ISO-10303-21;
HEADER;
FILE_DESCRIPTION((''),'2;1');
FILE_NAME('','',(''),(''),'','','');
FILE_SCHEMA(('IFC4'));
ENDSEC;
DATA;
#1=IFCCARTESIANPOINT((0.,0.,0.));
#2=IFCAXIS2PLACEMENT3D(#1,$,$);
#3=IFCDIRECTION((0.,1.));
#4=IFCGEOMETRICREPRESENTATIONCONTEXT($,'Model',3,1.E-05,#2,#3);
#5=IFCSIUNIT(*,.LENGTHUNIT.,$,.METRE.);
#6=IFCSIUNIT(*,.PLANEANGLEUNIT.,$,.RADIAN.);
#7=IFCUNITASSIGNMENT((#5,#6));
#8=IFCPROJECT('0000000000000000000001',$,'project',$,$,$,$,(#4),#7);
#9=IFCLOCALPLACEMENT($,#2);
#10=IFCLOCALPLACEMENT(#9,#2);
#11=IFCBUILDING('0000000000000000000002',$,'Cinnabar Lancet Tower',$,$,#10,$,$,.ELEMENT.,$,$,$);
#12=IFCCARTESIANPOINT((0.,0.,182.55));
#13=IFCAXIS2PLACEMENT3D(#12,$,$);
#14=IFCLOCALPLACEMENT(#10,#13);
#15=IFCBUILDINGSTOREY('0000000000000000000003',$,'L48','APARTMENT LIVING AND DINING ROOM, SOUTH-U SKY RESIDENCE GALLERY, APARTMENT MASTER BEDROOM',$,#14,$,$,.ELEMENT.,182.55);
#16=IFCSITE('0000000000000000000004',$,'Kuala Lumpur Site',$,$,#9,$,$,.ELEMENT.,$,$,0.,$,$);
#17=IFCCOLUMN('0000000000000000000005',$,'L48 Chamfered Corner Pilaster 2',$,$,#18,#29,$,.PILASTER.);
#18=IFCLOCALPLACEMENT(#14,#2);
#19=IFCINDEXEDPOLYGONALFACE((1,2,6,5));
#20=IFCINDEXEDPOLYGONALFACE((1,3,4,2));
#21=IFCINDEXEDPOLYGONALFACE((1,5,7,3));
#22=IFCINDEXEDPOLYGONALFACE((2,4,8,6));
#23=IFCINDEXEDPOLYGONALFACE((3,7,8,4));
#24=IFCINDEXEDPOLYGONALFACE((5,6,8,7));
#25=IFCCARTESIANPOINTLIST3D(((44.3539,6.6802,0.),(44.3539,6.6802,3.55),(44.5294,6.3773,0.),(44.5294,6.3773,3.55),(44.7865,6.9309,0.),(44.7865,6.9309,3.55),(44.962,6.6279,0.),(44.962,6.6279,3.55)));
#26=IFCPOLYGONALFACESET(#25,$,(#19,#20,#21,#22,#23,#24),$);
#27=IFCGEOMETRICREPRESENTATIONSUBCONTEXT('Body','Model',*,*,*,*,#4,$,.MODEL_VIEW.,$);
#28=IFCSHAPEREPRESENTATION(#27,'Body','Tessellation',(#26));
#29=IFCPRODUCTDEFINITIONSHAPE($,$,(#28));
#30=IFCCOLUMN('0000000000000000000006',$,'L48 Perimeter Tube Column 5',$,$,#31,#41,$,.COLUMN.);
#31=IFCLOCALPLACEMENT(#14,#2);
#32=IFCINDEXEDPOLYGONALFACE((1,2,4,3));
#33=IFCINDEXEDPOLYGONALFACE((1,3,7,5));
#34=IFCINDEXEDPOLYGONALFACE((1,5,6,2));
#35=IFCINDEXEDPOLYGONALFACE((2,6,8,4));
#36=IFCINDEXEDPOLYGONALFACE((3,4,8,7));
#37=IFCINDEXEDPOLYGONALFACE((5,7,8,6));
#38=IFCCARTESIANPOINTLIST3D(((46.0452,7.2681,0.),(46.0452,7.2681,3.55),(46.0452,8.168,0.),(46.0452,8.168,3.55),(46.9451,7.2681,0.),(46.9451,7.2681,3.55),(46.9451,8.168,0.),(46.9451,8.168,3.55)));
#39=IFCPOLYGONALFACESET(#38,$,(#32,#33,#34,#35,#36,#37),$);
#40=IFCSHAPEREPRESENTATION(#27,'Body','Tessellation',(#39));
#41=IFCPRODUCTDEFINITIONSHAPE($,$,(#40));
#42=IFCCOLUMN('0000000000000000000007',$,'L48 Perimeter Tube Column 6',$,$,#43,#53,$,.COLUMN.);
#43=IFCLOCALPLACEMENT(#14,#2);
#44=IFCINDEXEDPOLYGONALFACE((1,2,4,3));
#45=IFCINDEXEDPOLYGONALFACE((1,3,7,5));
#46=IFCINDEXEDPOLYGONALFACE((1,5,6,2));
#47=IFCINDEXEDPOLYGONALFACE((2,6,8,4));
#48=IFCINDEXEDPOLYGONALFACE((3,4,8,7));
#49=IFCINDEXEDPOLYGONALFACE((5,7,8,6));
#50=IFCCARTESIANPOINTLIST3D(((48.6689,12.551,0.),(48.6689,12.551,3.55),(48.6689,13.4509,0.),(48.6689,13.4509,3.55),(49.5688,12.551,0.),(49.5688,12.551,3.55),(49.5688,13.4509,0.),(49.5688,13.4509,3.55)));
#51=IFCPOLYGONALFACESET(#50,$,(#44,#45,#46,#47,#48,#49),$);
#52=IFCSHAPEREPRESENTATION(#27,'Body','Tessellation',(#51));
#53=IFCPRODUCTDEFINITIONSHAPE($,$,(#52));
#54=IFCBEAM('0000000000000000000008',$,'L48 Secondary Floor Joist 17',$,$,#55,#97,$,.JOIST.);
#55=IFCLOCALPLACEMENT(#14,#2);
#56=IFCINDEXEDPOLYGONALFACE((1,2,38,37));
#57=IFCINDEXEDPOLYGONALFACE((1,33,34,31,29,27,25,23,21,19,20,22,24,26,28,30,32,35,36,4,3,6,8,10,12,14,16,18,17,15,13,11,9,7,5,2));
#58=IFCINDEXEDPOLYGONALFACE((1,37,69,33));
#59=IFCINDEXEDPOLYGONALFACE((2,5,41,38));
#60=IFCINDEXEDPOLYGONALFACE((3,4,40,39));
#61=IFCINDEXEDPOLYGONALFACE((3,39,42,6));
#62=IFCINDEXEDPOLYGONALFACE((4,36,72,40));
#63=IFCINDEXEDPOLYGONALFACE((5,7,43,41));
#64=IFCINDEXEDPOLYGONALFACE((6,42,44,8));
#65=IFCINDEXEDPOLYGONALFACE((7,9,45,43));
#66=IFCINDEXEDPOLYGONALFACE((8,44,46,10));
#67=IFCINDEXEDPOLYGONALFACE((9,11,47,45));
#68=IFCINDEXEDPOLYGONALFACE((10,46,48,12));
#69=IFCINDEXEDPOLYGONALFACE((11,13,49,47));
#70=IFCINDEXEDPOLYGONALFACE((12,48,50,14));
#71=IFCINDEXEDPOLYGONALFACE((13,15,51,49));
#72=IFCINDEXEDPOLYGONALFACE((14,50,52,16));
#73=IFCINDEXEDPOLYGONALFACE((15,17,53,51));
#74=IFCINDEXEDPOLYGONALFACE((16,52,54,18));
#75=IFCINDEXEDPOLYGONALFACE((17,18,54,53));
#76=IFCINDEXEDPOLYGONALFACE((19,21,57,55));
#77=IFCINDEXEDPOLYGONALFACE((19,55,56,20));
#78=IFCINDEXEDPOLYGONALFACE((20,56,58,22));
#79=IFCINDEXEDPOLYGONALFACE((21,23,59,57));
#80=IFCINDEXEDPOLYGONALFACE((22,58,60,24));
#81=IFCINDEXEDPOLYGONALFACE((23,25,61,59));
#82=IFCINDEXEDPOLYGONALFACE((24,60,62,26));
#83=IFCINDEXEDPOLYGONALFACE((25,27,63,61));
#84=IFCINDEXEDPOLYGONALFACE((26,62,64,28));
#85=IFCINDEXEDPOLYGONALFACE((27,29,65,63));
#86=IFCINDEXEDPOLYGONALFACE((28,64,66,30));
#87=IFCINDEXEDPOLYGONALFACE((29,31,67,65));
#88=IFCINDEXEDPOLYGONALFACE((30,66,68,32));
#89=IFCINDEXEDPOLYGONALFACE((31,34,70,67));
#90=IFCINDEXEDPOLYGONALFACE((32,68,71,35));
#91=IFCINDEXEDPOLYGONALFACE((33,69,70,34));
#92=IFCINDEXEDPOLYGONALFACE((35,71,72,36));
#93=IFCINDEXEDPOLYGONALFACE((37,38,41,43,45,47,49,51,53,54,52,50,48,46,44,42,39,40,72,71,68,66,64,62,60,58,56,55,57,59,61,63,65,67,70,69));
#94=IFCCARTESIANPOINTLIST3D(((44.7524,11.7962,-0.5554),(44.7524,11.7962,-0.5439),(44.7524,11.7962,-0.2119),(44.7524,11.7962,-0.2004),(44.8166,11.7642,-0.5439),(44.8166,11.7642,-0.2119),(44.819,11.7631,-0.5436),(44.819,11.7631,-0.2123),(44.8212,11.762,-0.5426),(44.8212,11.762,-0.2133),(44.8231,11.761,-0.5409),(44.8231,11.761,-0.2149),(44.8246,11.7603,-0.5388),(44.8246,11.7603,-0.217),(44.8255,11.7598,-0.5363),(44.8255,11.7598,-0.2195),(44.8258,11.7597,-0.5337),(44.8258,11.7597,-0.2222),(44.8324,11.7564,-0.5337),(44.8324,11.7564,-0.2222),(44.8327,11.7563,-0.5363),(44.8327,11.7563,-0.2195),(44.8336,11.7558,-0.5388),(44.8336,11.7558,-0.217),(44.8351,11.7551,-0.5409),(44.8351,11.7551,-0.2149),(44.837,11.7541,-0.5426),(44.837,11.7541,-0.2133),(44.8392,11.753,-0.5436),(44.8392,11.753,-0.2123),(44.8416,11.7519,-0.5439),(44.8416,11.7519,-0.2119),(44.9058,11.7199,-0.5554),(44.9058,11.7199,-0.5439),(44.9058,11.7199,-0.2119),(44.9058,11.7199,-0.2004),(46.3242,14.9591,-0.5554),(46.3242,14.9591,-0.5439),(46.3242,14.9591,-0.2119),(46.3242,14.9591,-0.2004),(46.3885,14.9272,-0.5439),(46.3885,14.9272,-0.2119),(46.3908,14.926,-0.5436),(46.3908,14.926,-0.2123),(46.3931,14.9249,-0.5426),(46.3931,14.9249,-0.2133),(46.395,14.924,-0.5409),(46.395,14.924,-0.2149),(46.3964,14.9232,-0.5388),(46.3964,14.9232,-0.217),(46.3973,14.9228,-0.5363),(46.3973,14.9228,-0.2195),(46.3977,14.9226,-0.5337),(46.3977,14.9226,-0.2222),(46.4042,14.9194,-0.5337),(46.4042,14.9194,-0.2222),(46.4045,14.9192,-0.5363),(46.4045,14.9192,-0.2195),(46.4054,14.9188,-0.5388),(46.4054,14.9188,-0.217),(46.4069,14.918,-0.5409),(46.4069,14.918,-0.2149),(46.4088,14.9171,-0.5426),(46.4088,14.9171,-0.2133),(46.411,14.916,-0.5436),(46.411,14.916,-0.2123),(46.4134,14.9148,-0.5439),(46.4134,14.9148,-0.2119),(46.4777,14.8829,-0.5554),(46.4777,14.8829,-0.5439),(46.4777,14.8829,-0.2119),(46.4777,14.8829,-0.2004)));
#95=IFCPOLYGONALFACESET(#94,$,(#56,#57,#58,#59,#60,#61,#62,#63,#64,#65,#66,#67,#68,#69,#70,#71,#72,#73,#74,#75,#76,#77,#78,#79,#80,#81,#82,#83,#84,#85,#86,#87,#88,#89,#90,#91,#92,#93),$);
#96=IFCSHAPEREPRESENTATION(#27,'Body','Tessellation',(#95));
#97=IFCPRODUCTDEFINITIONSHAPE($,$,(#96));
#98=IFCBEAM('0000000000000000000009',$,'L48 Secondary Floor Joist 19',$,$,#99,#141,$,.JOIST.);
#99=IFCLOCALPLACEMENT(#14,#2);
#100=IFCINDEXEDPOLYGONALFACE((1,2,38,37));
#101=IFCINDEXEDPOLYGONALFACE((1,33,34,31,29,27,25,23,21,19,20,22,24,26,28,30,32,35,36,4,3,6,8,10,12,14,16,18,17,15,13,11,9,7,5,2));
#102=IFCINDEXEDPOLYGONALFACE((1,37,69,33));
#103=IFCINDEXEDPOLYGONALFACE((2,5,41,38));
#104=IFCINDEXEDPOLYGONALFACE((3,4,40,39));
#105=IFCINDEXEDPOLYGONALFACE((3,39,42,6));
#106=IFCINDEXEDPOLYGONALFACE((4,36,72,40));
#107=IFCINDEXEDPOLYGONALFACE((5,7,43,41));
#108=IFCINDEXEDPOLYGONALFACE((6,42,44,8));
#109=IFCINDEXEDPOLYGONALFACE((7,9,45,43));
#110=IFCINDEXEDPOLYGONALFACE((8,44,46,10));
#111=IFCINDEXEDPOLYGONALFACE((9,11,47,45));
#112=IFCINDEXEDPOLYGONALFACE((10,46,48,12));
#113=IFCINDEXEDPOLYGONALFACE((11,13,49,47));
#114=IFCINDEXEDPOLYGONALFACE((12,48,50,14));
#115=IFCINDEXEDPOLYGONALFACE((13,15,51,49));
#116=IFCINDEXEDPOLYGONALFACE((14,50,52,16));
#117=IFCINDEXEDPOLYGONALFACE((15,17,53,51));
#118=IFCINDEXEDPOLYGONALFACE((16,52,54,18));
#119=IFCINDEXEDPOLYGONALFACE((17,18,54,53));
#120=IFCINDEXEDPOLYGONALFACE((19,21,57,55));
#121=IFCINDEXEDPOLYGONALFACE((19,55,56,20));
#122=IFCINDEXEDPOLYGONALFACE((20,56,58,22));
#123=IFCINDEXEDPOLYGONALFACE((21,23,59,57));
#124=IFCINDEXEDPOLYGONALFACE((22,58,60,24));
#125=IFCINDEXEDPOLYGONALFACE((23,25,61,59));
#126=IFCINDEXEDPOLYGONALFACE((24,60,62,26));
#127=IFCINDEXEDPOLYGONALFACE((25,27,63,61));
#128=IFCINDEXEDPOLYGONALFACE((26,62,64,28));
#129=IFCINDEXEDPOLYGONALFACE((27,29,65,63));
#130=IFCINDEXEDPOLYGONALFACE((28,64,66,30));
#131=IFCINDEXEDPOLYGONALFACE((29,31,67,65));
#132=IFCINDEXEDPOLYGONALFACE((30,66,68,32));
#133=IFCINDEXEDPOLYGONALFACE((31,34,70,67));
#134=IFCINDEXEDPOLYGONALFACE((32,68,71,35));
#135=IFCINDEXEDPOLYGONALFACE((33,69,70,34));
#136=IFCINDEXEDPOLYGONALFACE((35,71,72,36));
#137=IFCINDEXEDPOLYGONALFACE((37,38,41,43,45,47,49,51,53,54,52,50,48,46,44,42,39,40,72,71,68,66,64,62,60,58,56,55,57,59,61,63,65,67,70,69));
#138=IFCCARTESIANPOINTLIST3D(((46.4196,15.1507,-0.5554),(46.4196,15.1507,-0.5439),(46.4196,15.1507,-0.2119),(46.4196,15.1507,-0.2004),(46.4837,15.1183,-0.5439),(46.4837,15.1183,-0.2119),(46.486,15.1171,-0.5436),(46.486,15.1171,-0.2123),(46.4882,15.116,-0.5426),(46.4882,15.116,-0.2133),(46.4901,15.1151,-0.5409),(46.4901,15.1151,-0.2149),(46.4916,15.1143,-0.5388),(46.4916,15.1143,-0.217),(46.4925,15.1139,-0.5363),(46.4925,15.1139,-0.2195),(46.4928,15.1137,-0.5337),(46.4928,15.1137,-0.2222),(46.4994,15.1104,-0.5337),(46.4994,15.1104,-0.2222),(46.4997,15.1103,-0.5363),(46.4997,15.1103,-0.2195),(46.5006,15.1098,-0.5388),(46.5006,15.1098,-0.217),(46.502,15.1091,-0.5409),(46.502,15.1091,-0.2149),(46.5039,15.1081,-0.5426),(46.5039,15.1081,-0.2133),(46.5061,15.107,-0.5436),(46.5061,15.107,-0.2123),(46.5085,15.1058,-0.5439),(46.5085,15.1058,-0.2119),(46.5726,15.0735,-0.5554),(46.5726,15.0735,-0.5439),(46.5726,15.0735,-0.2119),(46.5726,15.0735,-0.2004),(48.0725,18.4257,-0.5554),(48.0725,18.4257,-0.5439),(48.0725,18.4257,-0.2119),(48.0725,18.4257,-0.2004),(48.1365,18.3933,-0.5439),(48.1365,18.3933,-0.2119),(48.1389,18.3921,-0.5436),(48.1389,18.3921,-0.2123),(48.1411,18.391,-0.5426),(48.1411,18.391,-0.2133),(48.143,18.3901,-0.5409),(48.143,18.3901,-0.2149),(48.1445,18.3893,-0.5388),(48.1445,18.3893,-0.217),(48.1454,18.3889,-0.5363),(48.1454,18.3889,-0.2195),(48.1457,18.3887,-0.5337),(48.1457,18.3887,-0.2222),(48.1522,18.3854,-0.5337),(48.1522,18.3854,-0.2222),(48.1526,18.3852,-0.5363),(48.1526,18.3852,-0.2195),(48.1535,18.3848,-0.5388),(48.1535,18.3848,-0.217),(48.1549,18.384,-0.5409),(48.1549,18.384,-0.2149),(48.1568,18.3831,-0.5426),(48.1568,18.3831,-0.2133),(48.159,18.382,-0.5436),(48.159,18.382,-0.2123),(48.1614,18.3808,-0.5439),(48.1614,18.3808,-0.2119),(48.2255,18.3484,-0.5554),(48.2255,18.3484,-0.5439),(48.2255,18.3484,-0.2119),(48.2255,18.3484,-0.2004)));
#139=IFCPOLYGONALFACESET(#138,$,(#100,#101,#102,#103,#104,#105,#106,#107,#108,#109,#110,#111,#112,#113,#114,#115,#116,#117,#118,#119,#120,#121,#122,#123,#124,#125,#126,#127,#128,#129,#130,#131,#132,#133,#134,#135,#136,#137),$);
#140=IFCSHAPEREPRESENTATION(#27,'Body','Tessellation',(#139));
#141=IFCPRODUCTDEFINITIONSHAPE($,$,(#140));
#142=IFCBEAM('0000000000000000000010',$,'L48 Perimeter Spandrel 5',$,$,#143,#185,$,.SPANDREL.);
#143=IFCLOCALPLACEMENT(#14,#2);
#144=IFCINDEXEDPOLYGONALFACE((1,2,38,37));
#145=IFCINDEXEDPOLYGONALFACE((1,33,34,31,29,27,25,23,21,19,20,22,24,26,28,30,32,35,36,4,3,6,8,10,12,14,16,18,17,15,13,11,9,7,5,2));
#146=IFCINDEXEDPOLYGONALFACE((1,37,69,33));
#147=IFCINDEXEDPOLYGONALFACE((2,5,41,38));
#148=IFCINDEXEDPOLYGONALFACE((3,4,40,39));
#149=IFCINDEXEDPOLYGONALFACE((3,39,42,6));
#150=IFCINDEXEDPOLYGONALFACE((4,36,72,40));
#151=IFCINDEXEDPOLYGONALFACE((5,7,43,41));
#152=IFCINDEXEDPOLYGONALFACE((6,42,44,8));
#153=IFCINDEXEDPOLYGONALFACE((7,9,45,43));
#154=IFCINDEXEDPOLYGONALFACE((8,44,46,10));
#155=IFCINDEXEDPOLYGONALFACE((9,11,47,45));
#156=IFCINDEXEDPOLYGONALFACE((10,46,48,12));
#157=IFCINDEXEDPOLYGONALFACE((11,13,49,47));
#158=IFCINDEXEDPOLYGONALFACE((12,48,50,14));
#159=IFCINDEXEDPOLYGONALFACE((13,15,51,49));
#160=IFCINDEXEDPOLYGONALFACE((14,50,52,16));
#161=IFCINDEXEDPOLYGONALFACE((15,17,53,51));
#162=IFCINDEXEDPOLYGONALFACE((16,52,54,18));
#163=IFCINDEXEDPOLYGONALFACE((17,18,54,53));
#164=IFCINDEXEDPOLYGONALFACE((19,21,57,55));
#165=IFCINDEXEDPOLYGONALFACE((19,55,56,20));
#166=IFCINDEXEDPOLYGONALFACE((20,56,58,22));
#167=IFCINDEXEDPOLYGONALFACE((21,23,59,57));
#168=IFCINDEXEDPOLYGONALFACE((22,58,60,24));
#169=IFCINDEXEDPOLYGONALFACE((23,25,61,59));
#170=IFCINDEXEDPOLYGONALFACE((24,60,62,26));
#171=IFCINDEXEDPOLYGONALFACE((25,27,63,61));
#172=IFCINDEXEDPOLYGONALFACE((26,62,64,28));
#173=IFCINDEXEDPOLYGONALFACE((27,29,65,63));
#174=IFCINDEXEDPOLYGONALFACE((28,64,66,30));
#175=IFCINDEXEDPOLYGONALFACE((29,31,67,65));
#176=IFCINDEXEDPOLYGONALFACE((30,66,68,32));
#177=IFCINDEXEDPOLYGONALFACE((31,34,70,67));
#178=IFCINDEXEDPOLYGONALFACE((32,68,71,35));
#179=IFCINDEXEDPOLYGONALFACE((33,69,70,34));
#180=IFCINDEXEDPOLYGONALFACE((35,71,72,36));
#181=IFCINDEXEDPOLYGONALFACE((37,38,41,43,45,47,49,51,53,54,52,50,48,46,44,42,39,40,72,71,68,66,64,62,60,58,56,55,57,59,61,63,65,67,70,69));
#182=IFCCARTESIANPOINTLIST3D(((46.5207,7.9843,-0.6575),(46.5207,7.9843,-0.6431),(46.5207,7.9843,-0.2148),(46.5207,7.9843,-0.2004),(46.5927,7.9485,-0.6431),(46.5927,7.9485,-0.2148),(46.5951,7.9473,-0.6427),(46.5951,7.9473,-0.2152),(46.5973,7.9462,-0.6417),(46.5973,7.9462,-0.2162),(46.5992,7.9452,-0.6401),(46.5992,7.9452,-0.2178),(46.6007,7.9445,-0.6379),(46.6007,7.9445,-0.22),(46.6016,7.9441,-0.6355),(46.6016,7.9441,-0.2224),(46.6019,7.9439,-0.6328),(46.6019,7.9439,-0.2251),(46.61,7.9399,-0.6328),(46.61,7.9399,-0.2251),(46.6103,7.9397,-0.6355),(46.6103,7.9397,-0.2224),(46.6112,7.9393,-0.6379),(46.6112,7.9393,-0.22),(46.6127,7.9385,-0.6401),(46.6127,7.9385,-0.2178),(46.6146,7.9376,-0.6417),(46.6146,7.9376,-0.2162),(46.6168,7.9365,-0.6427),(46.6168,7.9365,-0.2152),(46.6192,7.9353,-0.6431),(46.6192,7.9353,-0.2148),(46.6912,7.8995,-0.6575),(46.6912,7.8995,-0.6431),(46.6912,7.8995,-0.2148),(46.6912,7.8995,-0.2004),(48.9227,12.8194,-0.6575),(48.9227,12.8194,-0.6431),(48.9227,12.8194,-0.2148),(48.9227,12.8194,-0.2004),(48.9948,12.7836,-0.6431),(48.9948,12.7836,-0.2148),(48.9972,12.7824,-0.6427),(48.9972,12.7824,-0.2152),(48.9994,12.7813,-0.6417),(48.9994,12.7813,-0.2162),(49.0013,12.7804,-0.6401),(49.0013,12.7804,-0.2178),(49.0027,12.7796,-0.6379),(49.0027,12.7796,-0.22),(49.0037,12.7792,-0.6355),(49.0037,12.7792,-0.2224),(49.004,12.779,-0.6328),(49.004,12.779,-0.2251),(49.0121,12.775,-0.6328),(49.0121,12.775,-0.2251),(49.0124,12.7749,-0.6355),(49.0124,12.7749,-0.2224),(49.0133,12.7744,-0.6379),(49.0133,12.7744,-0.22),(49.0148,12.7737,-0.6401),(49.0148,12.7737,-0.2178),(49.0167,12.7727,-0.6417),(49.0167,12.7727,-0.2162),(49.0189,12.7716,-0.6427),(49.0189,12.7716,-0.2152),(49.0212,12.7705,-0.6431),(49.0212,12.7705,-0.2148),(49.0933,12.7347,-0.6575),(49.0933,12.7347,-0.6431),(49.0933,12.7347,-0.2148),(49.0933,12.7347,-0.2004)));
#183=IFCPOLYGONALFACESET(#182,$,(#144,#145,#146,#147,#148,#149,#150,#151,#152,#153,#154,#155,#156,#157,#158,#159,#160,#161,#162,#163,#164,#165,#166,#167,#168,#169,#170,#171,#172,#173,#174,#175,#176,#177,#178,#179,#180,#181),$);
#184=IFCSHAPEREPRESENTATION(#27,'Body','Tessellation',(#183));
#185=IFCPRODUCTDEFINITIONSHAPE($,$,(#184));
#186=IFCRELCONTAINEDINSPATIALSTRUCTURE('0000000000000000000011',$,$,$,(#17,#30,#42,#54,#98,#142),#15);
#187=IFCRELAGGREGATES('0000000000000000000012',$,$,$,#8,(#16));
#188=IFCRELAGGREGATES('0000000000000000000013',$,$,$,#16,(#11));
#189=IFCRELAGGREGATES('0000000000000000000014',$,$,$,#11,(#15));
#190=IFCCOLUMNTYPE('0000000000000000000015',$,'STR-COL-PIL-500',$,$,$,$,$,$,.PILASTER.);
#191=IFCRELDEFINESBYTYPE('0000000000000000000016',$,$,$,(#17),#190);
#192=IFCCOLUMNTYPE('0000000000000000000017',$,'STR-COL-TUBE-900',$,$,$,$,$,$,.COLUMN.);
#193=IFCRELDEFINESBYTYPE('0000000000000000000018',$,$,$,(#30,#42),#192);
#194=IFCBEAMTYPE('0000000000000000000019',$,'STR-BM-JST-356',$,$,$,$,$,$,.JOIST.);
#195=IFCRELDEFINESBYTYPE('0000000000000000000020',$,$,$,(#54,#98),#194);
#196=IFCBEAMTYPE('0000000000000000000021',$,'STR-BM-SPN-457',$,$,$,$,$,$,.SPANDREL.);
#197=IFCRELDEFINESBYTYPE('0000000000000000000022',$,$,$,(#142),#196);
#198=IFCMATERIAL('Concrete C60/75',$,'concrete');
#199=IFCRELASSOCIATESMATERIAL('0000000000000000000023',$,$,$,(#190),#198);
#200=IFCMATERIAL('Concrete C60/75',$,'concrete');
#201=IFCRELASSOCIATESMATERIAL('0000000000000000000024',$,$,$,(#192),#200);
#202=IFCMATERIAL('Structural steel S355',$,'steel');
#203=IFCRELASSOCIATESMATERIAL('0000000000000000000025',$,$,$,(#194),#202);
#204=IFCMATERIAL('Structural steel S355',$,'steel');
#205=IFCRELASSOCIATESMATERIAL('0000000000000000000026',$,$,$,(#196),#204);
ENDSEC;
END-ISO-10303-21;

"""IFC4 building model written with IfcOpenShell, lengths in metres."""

from ifc_helpers import new_model, si_unit, direction, frame, origin, origin_2d, place, context, subcontext, project, spatial, rectangle, i_section, extrude, material, material_profile, profile_set, type_object, element, save


model = new_model("IFC4")

# Units and contexts
model_context = context("Model", 3, precision=1e-05, world=origin(), true_north=direction((0.0, 1.0)))
body_context = subcontext(model_context, "Body", "Model", "MODEL_VIEW")
ifc_project = project(units=[si_unit("LENGTHUNIT", "METRE"), si_unit("PLANEANGLEUNIT", "RADIAN")], contexts=[model_context])

# Site, building, storey
site_placement = place(None, origin())
site = spatial("IfcSite", under=ifc_project, at=site_placement, Name="Kuala Lumpur Site", CompositionType="ELEMENT", RefElevation=0.0)
building_placement = place(site_placement, origin())
building = spatial("IfcBuilding", under=site, at=building_placement, Name="Cinnabar Lancet Tower", CompositionType="ELEMENT")
storey_placement = place(building_placement, frame((0.0, 0.0, 182.55)))
storey = spatial("IfcBuildingStorey", under=building, at=storey_placement, Name="L48", Description="APARTMENT LIVING AND DINING ROOM, SOUTH-U SKY RESIDENCE GALLERY, APARTMENT MASTER BEDROOM", CompositionType="ELEMENT", Elevation=182.55)

# Columns
ifc_material_1 = material(Name="Concrete C60/75", Category="concrete")
ifc_material_profile_1 = material_profile(ifc_material_1, rectangle(XDim=0.5, YDim=0.3501, at=origin_2d()), Name="RC-PIL 500x350")
ifc_profile_set_1 = profile_set([ifc_material_profile_1], Name="Concrete C60/75")
column_type_1 = type_object("IfcColumnType", Name="STR-COL-PIL-500", PredefinedType="PILASTER", material=ifc_profile_set_1)
column_placement = place(storey_placement, frame((44.658, 6.6541, 0.0), z_axis=(0.0, 0.0, 1.0), x_axis=(0.86523, 0.501375, 0.0)))
element("IfcColumn", 1, at=column_placement, inside=storey, type_object=column_type_1, Name="L48 Chamfered Corner Pilaster 2", PredefinedType="PILASTER", context=body_context, shape_type="SweptSolid", body=[
    extrude(rectangle(XDim=0.5, YDim=0.3501, at=origin_2d()), origin(), (0.0, 0.0, 1.0), 3.55),
])
ifc_material_2 = material(Name="Concrete C60/75", Category="concrete")
ifc_material_profile_2 = material_profile(ifc_material_2, rectangle(XDim=0.8999, YDim=0.8999, at=origin_2d()), Name="RC-COL 900x900")
ifc_profile_set_2 = profile_set([ifc_material_profile_2], Name="Concrete C60/75")
column_type_2 = type_object("IfcColumnType", Name="STR-COL-TUBE-900", PredefinedType="COLUMN", material=ifc_profile_set_2)
for number, where, z_axis, x_axis, name in (
    (2, (46.4951, 7.718, 0.0), (0.0, 0.0, 1.0), (1.0, 0.0, 0.0), "L48 Perimeter Tube Column 5"),
    (3, (49.1189, 13.001, 0.0), (0.0, 0.0, 1.0), (1.0, 0.0, 0.0), "L48 Perimeter Tube Column 6"),
):
    element("IfcColumn", number, at=place(storey_placement, frame(where, z_axis=z_axis, x_axis=x_axis)), inside=storey, type_object=column_type_2, Name=name, PredefinedType="COLUMN", context=body_context, shape_type="SweptSolid", body=[
        extrude(rectangle(XDim=0.8999, YDim=0.8999, at=origin_2d()), origin(), (0.0, 0.0, 1.0), 3.55),
    ])

# Beams
ifc_material_3 = material(Name="Structural steel S355", Category="steel")
ifc_material_profile_3 = material_profile(ifc_material_3, i_section(OverallWidth=0.1714, OverallDepth=0.355, WebThickness=0.0073, FlangeThickness=0.0115, FilletRadius=0.0103, at=origin_2d()), Name="UKB 356x171x51")
ifc_profile_set_3 = profile_set([ifc_material_profile_3], Name="Structural steel S355")
beam_type_1 = type_object("IfcBeamType", Name="STR-BM-JST-356", PredefinedType="JOIST", material=ifc_profile_set_3)
beam_1_placement = place(storey_placement, frame((44.8291, 11.7581, -0.3779), z_axis=(0.445028, 0.895517, 0.0), x_axis=(-0.895517, 0.445028, 0.0)))
element("IfcBeam", 4, at=beam_1_placement, inside=storey, type_object=beam_type_1, Name="L48 Secondary Floor Joist 17", PredefinedType="JOIST", context=body_context, shape_type="SweptSolid", body=[
    extrude(i_section(OverallWidth=0.1714, OverallDepth=0.355, WebThickness=0.0073, FlangeThickness=0.0115, FilletRadius=0.0103, at=origin_2d()), origin(), (0.0, 0.0, 1.0), 3.532),
])
beam_2_placement = place(storey_placement, frame((46.4961, 15.1121, -0.3779), z_axis=(0.450565, 0.892744, 0.0), x_axis=(-0.892744, 0.450565, 0.0)))
element("IfcBeam", 5, at=beam_2_placement, inside=storey, type_object=beam_type_1, Name="L48 Secondary Floor Joist 19", PredefinedType="JOIST", context=body_context, shape_type="SweptSolid", body=[
    extrude(i_section(OverallWidth=0.1714, OverallDepth=0.355, WebThickness=0.0073, FlangeThickness=0.0115, FilletRadius=0.0103, at=origin_2d()), origin(), (0.0, 0.0, 1.0), 3.6685),
])
ifc_material_4 = material(Name="Structural steel S355", Category="steel")
ifc_material_profile_4 = material_profile(ifc_material_4, i_section(OverallWidth=0.1904, OverallDepth=0.457, WebThickness=0.009, FlangeThickness=0.0144, FilletRadius=0.0103, at=origin_2d()), Name="UKB 457x191x74")
ifc_profile_set_4 = profile_set([ifc_material_profile_4], Name="Structural steel S355")
beam_type_2 = type_object("IfcBeamType", Name="STR-BM-SPN-457", PredefinedType="SPANDREL", material=ifc_profile_set_4)
beam_3_placement = place(storey_placement, frame((46.606, 7.9419, -0.429), z_axis=(0.444915, 0.895573, 0.0), x_axis=(-0.895573, 0.444915, 0.0)))
element("IfcBeam", 6, at=beam_3_placement, inside=storey, type_object=beam_type_2, Name="L48 Perimeter Spandrel 5", PredefinedType="SPANDREL", context=body_context, shape_type="SweptSolid", body=[
    extrude(i_section(OverallWidth=0.1904, OverallDepth=0.457, WebThickness=0.009, FlangeThickness=0.0144, FilletRadius=0.0103, at=origin_2d()), origin(), (0.0, 0.0, 1.0), 5.3989),
])

save(model, "model.ifc")
